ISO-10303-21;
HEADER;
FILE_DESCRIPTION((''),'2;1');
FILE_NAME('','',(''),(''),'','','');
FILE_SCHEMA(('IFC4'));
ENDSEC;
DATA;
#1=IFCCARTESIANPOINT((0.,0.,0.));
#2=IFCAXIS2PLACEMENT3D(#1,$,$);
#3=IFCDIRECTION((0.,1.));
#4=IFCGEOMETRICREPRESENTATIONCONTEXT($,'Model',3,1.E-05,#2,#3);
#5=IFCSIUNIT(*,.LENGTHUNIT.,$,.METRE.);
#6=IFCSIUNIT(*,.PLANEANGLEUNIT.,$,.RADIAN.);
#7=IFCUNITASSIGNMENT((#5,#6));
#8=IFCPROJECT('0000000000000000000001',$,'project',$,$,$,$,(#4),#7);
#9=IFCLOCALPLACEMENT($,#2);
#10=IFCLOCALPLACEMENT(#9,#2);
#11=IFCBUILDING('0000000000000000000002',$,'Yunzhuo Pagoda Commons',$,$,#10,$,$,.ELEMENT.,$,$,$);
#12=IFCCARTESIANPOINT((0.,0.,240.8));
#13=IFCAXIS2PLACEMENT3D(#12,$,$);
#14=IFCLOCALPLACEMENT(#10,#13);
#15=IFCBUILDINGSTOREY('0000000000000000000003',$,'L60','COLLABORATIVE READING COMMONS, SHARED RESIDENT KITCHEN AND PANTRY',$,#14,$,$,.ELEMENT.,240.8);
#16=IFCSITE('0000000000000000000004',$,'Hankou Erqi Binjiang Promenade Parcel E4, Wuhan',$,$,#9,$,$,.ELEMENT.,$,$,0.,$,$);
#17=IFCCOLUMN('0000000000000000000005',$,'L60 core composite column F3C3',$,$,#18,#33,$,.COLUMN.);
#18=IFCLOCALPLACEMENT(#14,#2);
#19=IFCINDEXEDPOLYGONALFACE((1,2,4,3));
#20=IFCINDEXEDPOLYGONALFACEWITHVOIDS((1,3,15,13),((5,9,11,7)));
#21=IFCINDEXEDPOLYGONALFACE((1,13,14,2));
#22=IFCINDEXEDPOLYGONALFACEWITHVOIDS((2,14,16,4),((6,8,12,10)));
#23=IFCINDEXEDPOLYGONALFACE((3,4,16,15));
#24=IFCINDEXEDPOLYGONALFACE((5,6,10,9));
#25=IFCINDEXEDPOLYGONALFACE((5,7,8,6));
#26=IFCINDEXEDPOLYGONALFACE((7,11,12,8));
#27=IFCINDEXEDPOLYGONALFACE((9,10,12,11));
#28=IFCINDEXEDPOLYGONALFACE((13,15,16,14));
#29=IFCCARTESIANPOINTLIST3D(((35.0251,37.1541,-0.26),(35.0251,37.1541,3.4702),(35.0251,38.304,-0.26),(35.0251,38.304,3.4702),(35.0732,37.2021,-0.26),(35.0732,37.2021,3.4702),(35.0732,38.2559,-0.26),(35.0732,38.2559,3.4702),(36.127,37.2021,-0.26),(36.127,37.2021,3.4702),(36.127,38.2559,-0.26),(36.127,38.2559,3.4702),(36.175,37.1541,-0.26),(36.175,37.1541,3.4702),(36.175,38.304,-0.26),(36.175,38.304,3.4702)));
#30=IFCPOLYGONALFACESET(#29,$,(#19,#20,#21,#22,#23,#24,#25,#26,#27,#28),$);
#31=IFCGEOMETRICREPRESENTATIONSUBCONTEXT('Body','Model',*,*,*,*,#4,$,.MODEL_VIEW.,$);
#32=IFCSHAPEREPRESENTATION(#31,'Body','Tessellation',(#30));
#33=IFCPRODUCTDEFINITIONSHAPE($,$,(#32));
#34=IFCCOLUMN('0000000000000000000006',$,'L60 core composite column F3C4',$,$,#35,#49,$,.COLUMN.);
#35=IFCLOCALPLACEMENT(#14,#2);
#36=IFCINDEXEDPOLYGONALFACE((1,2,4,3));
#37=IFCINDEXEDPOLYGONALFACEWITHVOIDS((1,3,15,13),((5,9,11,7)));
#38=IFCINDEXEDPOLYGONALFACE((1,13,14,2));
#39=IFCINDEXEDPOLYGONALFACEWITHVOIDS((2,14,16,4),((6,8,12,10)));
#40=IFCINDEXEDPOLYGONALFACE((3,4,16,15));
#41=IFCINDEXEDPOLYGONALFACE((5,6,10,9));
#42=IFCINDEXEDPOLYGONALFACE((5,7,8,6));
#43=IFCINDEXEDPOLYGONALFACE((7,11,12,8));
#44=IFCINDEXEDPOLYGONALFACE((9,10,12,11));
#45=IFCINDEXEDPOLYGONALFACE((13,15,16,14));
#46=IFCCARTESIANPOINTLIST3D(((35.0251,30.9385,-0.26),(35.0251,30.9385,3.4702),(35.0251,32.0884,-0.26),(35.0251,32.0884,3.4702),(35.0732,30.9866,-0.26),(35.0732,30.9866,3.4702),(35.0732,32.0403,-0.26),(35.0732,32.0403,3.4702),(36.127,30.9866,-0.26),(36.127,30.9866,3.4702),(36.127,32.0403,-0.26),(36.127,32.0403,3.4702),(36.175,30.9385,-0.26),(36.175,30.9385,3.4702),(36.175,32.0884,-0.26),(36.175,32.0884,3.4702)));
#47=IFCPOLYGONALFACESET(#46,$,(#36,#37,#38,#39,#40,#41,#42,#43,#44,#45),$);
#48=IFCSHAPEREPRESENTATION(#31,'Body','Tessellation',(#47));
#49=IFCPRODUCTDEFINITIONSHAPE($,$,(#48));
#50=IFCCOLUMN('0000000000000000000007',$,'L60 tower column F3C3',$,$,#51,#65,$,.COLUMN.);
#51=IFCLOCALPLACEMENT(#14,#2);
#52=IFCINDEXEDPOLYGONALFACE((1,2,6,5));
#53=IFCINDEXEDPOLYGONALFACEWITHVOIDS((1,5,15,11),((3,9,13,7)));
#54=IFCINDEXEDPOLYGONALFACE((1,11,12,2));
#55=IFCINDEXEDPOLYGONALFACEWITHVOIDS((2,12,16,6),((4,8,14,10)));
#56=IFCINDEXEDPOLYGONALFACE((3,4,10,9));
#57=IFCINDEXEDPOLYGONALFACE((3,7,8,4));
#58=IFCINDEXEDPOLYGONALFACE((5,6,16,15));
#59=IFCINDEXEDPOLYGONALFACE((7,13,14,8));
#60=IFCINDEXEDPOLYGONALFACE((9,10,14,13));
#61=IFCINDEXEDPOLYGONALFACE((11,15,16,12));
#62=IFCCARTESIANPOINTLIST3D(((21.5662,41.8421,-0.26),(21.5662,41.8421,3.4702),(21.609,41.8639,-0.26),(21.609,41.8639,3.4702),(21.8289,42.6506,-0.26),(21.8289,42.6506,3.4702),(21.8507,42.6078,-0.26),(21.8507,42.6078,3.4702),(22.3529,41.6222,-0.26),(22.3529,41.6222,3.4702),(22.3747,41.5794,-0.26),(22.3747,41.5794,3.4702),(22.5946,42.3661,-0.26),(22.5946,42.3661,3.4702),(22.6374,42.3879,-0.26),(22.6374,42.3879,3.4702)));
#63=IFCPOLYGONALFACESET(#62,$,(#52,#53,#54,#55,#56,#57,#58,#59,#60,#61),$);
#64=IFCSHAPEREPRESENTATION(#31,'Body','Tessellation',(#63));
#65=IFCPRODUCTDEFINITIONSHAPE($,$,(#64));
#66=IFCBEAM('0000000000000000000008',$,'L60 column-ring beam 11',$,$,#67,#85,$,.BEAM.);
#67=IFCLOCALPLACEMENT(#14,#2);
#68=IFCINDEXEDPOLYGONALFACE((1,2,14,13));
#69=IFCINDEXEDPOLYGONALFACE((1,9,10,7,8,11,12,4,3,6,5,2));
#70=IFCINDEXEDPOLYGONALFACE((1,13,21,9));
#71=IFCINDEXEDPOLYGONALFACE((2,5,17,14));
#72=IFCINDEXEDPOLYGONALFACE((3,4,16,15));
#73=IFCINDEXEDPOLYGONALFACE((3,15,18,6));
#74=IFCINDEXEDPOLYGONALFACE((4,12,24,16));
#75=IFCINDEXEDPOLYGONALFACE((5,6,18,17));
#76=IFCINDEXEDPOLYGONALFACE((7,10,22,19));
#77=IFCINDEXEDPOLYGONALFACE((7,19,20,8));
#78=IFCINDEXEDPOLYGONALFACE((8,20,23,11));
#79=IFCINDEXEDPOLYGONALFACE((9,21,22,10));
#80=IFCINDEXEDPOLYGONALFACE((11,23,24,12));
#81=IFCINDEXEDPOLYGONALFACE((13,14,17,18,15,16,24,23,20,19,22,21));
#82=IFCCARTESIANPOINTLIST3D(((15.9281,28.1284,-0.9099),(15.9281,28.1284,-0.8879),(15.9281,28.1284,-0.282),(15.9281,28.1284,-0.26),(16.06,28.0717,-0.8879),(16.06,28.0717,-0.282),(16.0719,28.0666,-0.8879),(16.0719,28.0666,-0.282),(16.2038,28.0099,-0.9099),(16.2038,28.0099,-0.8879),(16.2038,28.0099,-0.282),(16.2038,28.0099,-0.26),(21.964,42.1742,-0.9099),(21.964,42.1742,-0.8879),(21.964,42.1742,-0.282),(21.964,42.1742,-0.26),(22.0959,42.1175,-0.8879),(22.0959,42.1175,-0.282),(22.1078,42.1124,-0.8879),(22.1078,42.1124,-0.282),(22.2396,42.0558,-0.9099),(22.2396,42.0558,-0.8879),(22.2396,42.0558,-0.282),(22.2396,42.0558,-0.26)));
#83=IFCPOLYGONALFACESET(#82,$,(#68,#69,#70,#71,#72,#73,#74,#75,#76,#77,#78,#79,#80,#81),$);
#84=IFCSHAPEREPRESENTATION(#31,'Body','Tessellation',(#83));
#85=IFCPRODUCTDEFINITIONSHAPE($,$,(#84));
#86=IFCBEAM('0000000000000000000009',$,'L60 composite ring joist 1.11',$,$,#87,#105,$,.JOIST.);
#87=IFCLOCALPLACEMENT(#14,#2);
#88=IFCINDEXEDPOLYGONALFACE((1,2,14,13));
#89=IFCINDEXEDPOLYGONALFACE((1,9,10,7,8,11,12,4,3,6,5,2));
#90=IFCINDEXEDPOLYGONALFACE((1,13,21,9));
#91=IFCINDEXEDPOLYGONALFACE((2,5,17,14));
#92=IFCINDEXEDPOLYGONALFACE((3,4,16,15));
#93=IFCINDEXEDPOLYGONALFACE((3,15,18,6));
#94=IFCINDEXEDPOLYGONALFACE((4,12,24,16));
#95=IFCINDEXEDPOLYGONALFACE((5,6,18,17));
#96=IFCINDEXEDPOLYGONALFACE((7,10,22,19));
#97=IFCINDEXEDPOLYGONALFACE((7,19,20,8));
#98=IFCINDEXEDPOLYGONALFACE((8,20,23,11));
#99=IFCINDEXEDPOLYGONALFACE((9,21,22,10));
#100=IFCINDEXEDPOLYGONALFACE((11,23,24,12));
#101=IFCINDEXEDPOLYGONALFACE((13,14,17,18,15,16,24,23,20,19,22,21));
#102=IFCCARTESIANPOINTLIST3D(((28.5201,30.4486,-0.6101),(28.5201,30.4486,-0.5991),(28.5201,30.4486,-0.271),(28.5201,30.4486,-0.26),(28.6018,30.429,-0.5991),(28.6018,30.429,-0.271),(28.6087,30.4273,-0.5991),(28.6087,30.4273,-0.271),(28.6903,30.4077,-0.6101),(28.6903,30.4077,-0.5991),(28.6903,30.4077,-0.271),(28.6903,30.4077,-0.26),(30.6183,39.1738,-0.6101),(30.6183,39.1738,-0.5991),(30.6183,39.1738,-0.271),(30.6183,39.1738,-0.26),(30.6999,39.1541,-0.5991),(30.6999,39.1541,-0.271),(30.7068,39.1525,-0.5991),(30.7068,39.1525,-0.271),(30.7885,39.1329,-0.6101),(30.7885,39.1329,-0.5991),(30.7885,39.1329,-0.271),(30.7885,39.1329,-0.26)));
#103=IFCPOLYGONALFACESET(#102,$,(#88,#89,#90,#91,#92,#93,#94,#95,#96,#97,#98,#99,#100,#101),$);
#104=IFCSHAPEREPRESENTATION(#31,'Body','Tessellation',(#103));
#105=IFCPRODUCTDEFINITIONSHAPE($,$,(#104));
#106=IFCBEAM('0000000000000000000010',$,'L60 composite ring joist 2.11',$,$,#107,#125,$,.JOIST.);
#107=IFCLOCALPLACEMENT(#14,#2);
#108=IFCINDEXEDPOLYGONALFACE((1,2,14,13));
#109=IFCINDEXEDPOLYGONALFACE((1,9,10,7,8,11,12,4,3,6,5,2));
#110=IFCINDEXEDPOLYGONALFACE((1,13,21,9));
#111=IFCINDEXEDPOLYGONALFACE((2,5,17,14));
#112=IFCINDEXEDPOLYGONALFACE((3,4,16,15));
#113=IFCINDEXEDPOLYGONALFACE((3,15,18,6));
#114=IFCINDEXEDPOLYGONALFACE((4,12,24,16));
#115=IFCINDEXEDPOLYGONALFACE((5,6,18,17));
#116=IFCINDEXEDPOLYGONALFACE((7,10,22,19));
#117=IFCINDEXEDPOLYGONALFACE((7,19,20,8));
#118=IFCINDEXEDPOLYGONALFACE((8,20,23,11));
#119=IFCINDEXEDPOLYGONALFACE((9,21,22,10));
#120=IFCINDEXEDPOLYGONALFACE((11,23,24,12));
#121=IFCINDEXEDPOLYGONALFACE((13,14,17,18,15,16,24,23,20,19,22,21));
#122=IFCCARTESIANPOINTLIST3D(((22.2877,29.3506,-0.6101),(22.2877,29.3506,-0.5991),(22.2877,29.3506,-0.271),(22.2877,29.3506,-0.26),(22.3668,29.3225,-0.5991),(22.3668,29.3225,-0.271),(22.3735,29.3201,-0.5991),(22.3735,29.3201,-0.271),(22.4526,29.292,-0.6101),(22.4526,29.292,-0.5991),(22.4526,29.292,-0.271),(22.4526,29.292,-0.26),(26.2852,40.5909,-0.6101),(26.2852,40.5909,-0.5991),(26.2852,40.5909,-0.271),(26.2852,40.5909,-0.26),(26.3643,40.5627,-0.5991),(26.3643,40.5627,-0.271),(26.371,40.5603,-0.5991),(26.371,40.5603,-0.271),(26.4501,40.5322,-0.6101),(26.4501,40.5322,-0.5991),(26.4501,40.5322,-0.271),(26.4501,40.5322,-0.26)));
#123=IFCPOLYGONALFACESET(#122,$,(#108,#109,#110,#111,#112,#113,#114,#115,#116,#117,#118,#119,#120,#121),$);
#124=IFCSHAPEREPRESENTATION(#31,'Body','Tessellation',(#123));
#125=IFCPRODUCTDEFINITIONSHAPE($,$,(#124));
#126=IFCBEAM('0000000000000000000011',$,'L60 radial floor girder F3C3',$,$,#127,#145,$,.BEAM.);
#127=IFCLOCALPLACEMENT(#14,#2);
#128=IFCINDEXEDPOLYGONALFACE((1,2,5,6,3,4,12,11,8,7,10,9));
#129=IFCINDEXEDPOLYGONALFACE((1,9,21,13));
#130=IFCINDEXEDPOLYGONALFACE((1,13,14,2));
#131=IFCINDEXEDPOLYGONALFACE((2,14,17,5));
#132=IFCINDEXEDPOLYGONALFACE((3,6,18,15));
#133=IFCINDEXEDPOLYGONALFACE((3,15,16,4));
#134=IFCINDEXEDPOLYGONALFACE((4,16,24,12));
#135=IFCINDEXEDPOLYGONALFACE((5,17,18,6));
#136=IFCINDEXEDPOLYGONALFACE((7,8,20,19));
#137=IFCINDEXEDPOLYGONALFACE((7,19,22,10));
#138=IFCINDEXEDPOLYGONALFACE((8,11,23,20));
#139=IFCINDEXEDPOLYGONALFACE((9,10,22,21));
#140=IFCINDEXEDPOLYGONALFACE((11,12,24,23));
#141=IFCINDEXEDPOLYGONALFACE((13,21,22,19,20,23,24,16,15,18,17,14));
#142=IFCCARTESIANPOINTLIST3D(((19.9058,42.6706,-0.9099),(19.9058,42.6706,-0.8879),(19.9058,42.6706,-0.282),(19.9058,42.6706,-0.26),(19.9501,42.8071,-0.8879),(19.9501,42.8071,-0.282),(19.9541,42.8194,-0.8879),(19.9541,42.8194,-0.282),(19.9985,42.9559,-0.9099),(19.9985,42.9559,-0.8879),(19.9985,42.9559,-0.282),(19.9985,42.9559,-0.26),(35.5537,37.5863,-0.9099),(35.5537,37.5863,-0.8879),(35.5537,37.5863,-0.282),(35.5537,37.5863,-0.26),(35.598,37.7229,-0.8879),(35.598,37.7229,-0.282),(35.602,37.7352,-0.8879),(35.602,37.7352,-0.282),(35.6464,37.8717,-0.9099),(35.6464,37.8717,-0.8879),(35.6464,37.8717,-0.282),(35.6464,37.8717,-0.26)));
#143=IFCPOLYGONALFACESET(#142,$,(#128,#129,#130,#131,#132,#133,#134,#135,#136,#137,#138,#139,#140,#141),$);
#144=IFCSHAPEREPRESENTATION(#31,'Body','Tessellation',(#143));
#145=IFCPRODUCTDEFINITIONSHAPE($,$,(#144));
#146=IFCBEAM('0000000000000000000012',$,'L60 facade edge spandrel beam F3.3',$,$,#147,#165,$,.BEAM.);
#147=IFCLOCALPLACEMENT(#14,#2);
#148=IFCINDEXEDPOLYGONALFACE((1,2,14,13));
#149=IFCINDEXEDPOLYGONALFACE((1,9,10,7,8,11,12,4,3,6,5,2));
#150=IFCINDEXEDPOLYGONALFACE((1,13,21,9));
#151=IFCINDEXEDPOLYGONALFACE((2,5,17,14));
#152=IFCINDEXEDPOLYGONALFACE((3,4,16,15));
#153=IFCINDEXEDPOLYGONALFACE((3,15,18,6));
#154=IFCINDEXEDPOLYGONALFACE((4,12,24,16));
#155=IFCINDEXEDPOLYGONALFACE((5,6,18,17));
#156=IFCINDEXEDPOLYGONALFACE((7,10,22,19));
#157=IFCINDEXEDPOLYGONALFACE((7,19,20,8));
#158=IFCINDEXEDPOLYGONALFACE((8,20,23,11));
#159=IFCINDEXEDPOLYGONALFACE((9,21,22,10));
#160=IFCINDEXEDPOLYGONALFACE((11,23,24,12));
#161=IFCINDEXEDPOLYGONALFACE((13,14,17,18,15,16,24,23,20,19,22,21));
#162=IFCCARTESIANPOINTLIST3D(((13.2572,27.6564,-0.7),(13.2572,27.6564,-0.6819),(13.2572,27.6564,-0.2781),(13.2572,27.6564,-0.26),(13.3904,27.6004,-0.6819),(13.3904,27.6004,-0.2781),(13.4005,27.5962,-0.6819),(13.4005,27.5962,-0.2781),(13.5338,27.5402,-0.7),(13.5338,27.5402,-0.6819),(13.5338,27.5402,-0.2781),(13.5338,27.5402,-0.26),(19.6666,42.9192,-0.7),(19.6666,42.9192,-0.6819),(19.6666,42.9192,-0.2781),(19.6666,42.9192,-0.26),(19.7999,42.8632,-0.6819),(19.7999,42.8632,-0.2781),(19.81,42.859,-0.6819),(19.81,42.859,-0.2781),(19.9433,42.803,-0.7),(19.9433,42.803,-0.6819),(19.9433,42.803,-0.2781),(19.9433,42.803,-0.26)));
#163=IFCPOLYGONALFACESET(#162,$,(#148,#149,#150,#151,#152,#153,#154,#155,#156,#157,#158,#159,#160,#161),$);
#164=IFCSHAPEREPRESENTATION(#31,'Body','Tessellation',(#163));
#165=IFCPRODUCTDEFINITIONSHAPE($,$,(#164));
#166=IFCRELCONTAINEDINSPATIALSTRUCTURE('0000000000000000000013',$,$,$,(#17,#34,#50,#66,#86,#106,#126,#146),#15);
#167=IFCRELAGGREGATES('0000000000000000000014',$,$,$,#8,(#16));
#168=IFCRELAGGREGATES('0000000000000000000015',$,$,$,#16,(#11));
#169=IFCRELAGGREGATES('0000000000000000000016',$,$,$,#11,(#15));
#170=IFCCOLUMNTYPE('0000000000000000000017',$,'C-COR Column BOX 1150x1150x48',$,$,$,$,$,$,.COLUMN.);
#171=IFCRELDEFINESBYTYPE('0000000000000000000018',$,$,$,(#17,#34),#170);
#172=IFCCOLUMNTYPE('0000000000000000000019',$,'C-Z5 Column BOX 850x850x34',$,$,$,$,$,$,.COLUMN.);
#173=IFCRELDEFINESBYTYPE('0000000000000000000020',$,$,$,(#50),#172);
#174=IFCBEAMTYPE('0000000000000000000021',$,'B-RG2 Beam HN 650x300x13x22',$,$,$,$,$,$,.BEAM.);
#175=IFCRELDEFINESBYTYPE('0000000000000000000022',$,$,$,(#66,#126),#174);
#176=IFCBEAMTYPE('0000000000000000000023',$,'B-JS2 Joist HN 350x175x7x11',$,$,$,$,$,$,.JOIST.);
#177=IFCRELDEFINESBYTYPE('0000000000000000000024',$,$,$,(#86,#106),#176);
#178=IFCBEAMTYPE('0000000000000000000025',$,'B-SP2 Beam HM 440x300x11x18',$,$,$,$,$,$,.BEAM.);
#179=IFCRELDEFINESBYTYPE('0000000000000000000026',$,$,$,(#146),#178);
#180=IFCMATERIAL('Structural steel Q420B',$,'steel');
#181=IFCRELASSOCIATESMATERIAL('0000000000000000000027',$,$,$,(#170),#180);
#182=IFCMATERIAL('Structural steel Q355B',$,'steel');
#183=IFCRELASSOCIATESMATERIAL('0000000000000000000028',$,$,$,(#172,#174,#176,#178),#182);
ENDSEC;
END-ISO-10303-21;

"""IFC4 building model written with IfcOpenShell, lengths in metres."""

from ifc_helpers import new_model, si_unit, direction, frame, origin, origin_2d, place, context, subcontext, project, spatial, hollow_rectangle, i_section, extrude, source, transform, mapped, material, material_profile, profile_set, type_object, element, save


model = new_model("IFC4")

# Units and contexts
model_context = context("Model", 3, precision=1e-05, world=origin(), true_north=direction((0.0, 1.0)))
body_context = subcontext(model_context, "Body", "Model", "MODEL_VIEW")
ifc_project = project(units=[si_unit("LENGTHUNIT", "METRE"), si_unit("PLANEANGLEUNIT", "RADIAN")], contexts=[model_context])

# Site, building, storey
site_placement = place(None, origin())
site = spatial("IfcSite", under=ifc_project, at=site_placement, Name="Hankou Erqi Binjiang Promenade Parcel E4, Wuhan", CompositionType="ELEMENT", RefElevation=0.0)
building_placement = place(site_placement, origin())
building = spatial("IfcBuilding", under=site, at=building_placement, Name="Yunzhuo Pagoda Commons", CompositionType="ELEMENT")
storey_placement = place(building_placement, frame((0.0, 0.0, 240.8)))
storey = spatial("IfcBuildingStorey", under=building, at=storey_placement, Name="L60", Description="COLLABORATIVE READING COMMONS, SHARED RESIDENT KITCHEN AND PANTRY", CompositionType="ELEMENT", Elevation=240.8)

# Columns
ifc_material_1 = material(Name="Structural steel Q420B", Category="steel")
ifc_material_profile_1 = material_profile(ifc_material_1, hollow_rectangle(XDim=1.1499, YDim=1.1499, WallThickness=0.0481, at=origin_2d()), Name="Structural steel Q420B")
ifc_profile_set_1 = profile_set([ifc_material_profile_1], Name="Structural steel Q420B")
column_type_1 = type_object("IfcColumnType", Name="C-COR Column BOX 1150x1150x48", PredefinedType="COLUMN", material=ifc_profile_set_1)
shared_shape_1 = source(origin(), body_context, "Body", "SweptSolid", [
    extrude(hollow_rectangle(XDim=1.1499, YDim=1.1499, WallThickness=0.0481, at=origin_2d()), origin(), (0.0, 0.0, 1.0), 3.7302),
])
for number, where, z_axis, x_axis, name in (
    (1, (35.6001, 37.729, -0.26), (0.0, 0.0, 1.0), (1.0, 0.0, 0.0), "L60 core composite column F3C3"),
    (2, (35.6001, 31.5134, -0.26), (0.0, 0.0, 1.0), (1.0, 0.0, 0.0), "L60 core composite column F3C4"),
):
    element("IfcColumn", number, at=place(storey_placement, frame(where, z_axis=z_axis, x_axis=x_axis)), inside=storey, type_object=column_type_1, Name=name, PredefinedType="COLUMN", context=body_context, shape_type="MappedRepresentation", body=[
        mapped(shared_shape_1, transform((0.0, 0.0, 0.0), scale=1.0)),
    ])
ifc_material_2 = material(Name="Structural steel Q355B", Category="steel")
ifc_material_profile_2 = material_profile(ifc_material_2, hollow_rectangle(XDim=0.8501, YDim=0.8501, WallThickness=0.0339, at=origin_2d()), Name="Structural steel Q355B")
ifc_profile_set_2 = profile_set([ifc_material_profile_2], Name="Structural steel Q355B")
column_type_2 = type_object("IfcColumnType", Name="C-Z5 Column BOX 850x850x34", PredefinedType="COLUMN", material=ifc_profile_set_2)
shared_shape_2 = source(origin(), body_context, "Body", "SweptSolid", [
    extrude(hollow_rectangle(XDim=0.8501, YDim=0.8501, WallThickness=0.0339, at=origin_2d()), origin(), (0.0, 0.0, 1.0), 3.7302),
])
column_placement = place(storey_placement, frame((22.1018, 42.115, -0.26), z_axis=(0.0, 0.0, 1.0), x_axis=(-0.309017, -0.951057, 0.0)))
element("IfcColumn", 3, at=column_placement, inside=storey, type_object=column_type_2, Name="L60 tower column F3C3", PredefinedType="COLUMN", context=body_context, shape_type="MappedRepresentation", body=[
    mapped(shared_shape_2, transform((0.0, 0.0, 0.0), scale=1.0)),
])

# Beams
ifc_material_profile_3 = material_profile(ifc_material_2, i_section(OverallWidth=0.3, OverallDepth=0.6499, WebThickness=0.0129, FlangeThickness=0.022, at=origin_2d()), Name="Structural steel Q355B")
ifc_profile_set_3 = profile_set([ifc_material_profile_3], Name="Structural steel Q355B")
beam_type_1 = type_object("IfcBeamType", Name="B-RG2 Beam HN 650x300x13x22", PredefinedType="BEAM", material=ifc_profile_set_3)
shared_shape_3 = source(origin(), body_context, "Body", "SweptSolid", [
    extrude(i_section(OverallWidth=0.3, OverallDepth=0.6499, WebThickness=0.0129, FlangeThickness=0.022, at=origin_2d()), origin(), (0.0, 0.0, 1.0), 15.2878),
])
beam_1_placement = place(storey_placement, frame((22.1018, 42.115, -0.585), z_axis=(-0.394815, -0.91876, 0.0), x_axis=(0.91876, -0.394815, 0.0)))
element("IfcBeam", 4, at=beam_1_placement, inside=storey, type_object=beam_type_1, Name="L60 column-ring beam 11", PredefinedType="BEAM", context=body_context, shape_type="MappedRepresentation", body=[
    mapped(shared_shape_3, transform((0.0, 0.0, 0.0), scale=1.0)),
])
ifc_material_profile_4 = material_profile(ifc_material_2, i_section(OverallWidth=0.175, OverallDepth=0.3501, WebThickness=0.0071, FlangeThickness=0.011, at=origin_2d()), Name="Structural steel Q355B")
ifc_profile_set_4 = profile_set([ifc_material_profile_4], Name="Structural steel Q355B")
beam_type_2 = type_object("IfcBeamType", Name="B-JS2 Joist HN 350x175x7x11", PredefinedType="JOIST", material=ifc_profile_set_4)
shared_shape_4 = source(origin(), body_context, "Body", "SweptSolid", [
    extrude(i_section(OverallWidth=0.175, OverallDepth=0.3501, WebThickness=0.0071, FlangeThickness=0.011, at=origin_2d()), origin(), (0.0, 0.0, 1.0), 8.9739),
])
beam_2_placement = place(storey_placement, frame((30.7034, 39.1533, -0.4351), z_axis=(-0.233807, -0.972283, 0.0), x_axis=(0.972283, -0.233807, 0.0)))
element("IfcBeam", 5, at=beam_2_placement, inside=storey, type_object=beam_type_2, Name="L60 composite ring joist 1.11", PredefinedType="JOIST", context=body_context, shape_type="MappedRepresentation", body=[
    mapped(shared_shape_4, transform((0.0, 0.0, 0.0), scale=1.0)),
])
shared_shape_5 = source(origin(), body_context, "Body", "SweptSolid", [
    extrude(i_section(OverallWidth=0.175, OverallDepth=0.3501, WebThickness=0.0071, FlangeThickness=0.011, at=origin_2d()), origin(), (0.0, 0.0, 1.0), 11.9299),
])
beam_3_placement = place(storey_placement, frame((26.3677, 40.5615, -0.4351), z_axis=(-0.335086, -0.942187, 0.0), x_axis=(0.942187, -0.335086, 0.0)))
element("IfcBeam", 6, at=beam_3_placement, inside=storey, type_object=beam_type_2, Name="L60 composite ring joist 2.11", PredefinedType="JOIST", context=body_context, shape_type="MappedRepresentation", body=[
    mapped(shared_shape_5, transform((0.0, 0.0, 0.0), scale=1.0)),
])
shared_shape_6 = source(origin(), body_context, "Body", "SweptSolid", [
    extrude(i_section(OverallWidth=0.3, OverallDepth=0.6499, WebThickness=0.0129, FlangeThickness=0.022, at=origin_2d()), origin(), (0.0, 0.0, 1.0), 16.4531),
])
beam_4_placement = place(storey_placement, frame((19.9521, 42.8132, -0.585), z_axis=(0.951058, -0.309012, 0.0), x_axis=(0.309012, 0.951058, 0.0)))
element("IfcBeam", 7, at=beam_4_placement, inside=storey, type_object=beam_type_1, Name="L60 radial floor girder F3C3", PredefinedType="BEAM", context=body_context, shape_type="MappedRepresentation", body=[
    mapped(shared_shape_6, transform((0.0, 0.0, 0.0), scale=1.0)),
])
ifc_material_profile_5 = material_profile(ifc_material_2, i_section(OverallWidth=0.3, OverallDepth=0.4399, WebThickness=0.011, FlangeThickness=0.0181, at=origin_2d()), Name="Structural steel Q355B")
ifc_profile_set_5 = profile_set([ifc_material_profile_5], Name="Structural steel Q355B")
beam_type_3 = type_object("IfcBeamType", Name="B-SP2 Beam HM 440x300x11x18", PredefinedType="BEAM", material=ifc_profile_set_5)
shared_shape_7 = source(origin(), body_context, "Body", "SweptSolid", [
    extrude(i_section(OverallWidth=0.3, OverallDepth=0.4399, WebThickness=0.011, FlangeThickness=0.0181, at=origin_2d()), origin(), (0.0, 0.0, 1.0), 16.554),
])
beam_5_placement = place(storey_placement, frame((19.8049, 42.8611, -0.48), z_axis=(-0.387186, -0.922002, 0.0), x_axis=(0.922002, -0.387186, 0.0)))
element("IfcBeam", 8, at=beam_5_placement, inside=storey, type_object=beam_type_3, Name="L60 facade edge spandrel beam F3.3", PredefinedType="BEAM", context=body_context, shape_type="MappedRepresentation", body=[
    mapped(shared_shape_7, transform((0.0, 0.0, 0.0), scale=1.0)),
])

save(model, "model.ifc")
